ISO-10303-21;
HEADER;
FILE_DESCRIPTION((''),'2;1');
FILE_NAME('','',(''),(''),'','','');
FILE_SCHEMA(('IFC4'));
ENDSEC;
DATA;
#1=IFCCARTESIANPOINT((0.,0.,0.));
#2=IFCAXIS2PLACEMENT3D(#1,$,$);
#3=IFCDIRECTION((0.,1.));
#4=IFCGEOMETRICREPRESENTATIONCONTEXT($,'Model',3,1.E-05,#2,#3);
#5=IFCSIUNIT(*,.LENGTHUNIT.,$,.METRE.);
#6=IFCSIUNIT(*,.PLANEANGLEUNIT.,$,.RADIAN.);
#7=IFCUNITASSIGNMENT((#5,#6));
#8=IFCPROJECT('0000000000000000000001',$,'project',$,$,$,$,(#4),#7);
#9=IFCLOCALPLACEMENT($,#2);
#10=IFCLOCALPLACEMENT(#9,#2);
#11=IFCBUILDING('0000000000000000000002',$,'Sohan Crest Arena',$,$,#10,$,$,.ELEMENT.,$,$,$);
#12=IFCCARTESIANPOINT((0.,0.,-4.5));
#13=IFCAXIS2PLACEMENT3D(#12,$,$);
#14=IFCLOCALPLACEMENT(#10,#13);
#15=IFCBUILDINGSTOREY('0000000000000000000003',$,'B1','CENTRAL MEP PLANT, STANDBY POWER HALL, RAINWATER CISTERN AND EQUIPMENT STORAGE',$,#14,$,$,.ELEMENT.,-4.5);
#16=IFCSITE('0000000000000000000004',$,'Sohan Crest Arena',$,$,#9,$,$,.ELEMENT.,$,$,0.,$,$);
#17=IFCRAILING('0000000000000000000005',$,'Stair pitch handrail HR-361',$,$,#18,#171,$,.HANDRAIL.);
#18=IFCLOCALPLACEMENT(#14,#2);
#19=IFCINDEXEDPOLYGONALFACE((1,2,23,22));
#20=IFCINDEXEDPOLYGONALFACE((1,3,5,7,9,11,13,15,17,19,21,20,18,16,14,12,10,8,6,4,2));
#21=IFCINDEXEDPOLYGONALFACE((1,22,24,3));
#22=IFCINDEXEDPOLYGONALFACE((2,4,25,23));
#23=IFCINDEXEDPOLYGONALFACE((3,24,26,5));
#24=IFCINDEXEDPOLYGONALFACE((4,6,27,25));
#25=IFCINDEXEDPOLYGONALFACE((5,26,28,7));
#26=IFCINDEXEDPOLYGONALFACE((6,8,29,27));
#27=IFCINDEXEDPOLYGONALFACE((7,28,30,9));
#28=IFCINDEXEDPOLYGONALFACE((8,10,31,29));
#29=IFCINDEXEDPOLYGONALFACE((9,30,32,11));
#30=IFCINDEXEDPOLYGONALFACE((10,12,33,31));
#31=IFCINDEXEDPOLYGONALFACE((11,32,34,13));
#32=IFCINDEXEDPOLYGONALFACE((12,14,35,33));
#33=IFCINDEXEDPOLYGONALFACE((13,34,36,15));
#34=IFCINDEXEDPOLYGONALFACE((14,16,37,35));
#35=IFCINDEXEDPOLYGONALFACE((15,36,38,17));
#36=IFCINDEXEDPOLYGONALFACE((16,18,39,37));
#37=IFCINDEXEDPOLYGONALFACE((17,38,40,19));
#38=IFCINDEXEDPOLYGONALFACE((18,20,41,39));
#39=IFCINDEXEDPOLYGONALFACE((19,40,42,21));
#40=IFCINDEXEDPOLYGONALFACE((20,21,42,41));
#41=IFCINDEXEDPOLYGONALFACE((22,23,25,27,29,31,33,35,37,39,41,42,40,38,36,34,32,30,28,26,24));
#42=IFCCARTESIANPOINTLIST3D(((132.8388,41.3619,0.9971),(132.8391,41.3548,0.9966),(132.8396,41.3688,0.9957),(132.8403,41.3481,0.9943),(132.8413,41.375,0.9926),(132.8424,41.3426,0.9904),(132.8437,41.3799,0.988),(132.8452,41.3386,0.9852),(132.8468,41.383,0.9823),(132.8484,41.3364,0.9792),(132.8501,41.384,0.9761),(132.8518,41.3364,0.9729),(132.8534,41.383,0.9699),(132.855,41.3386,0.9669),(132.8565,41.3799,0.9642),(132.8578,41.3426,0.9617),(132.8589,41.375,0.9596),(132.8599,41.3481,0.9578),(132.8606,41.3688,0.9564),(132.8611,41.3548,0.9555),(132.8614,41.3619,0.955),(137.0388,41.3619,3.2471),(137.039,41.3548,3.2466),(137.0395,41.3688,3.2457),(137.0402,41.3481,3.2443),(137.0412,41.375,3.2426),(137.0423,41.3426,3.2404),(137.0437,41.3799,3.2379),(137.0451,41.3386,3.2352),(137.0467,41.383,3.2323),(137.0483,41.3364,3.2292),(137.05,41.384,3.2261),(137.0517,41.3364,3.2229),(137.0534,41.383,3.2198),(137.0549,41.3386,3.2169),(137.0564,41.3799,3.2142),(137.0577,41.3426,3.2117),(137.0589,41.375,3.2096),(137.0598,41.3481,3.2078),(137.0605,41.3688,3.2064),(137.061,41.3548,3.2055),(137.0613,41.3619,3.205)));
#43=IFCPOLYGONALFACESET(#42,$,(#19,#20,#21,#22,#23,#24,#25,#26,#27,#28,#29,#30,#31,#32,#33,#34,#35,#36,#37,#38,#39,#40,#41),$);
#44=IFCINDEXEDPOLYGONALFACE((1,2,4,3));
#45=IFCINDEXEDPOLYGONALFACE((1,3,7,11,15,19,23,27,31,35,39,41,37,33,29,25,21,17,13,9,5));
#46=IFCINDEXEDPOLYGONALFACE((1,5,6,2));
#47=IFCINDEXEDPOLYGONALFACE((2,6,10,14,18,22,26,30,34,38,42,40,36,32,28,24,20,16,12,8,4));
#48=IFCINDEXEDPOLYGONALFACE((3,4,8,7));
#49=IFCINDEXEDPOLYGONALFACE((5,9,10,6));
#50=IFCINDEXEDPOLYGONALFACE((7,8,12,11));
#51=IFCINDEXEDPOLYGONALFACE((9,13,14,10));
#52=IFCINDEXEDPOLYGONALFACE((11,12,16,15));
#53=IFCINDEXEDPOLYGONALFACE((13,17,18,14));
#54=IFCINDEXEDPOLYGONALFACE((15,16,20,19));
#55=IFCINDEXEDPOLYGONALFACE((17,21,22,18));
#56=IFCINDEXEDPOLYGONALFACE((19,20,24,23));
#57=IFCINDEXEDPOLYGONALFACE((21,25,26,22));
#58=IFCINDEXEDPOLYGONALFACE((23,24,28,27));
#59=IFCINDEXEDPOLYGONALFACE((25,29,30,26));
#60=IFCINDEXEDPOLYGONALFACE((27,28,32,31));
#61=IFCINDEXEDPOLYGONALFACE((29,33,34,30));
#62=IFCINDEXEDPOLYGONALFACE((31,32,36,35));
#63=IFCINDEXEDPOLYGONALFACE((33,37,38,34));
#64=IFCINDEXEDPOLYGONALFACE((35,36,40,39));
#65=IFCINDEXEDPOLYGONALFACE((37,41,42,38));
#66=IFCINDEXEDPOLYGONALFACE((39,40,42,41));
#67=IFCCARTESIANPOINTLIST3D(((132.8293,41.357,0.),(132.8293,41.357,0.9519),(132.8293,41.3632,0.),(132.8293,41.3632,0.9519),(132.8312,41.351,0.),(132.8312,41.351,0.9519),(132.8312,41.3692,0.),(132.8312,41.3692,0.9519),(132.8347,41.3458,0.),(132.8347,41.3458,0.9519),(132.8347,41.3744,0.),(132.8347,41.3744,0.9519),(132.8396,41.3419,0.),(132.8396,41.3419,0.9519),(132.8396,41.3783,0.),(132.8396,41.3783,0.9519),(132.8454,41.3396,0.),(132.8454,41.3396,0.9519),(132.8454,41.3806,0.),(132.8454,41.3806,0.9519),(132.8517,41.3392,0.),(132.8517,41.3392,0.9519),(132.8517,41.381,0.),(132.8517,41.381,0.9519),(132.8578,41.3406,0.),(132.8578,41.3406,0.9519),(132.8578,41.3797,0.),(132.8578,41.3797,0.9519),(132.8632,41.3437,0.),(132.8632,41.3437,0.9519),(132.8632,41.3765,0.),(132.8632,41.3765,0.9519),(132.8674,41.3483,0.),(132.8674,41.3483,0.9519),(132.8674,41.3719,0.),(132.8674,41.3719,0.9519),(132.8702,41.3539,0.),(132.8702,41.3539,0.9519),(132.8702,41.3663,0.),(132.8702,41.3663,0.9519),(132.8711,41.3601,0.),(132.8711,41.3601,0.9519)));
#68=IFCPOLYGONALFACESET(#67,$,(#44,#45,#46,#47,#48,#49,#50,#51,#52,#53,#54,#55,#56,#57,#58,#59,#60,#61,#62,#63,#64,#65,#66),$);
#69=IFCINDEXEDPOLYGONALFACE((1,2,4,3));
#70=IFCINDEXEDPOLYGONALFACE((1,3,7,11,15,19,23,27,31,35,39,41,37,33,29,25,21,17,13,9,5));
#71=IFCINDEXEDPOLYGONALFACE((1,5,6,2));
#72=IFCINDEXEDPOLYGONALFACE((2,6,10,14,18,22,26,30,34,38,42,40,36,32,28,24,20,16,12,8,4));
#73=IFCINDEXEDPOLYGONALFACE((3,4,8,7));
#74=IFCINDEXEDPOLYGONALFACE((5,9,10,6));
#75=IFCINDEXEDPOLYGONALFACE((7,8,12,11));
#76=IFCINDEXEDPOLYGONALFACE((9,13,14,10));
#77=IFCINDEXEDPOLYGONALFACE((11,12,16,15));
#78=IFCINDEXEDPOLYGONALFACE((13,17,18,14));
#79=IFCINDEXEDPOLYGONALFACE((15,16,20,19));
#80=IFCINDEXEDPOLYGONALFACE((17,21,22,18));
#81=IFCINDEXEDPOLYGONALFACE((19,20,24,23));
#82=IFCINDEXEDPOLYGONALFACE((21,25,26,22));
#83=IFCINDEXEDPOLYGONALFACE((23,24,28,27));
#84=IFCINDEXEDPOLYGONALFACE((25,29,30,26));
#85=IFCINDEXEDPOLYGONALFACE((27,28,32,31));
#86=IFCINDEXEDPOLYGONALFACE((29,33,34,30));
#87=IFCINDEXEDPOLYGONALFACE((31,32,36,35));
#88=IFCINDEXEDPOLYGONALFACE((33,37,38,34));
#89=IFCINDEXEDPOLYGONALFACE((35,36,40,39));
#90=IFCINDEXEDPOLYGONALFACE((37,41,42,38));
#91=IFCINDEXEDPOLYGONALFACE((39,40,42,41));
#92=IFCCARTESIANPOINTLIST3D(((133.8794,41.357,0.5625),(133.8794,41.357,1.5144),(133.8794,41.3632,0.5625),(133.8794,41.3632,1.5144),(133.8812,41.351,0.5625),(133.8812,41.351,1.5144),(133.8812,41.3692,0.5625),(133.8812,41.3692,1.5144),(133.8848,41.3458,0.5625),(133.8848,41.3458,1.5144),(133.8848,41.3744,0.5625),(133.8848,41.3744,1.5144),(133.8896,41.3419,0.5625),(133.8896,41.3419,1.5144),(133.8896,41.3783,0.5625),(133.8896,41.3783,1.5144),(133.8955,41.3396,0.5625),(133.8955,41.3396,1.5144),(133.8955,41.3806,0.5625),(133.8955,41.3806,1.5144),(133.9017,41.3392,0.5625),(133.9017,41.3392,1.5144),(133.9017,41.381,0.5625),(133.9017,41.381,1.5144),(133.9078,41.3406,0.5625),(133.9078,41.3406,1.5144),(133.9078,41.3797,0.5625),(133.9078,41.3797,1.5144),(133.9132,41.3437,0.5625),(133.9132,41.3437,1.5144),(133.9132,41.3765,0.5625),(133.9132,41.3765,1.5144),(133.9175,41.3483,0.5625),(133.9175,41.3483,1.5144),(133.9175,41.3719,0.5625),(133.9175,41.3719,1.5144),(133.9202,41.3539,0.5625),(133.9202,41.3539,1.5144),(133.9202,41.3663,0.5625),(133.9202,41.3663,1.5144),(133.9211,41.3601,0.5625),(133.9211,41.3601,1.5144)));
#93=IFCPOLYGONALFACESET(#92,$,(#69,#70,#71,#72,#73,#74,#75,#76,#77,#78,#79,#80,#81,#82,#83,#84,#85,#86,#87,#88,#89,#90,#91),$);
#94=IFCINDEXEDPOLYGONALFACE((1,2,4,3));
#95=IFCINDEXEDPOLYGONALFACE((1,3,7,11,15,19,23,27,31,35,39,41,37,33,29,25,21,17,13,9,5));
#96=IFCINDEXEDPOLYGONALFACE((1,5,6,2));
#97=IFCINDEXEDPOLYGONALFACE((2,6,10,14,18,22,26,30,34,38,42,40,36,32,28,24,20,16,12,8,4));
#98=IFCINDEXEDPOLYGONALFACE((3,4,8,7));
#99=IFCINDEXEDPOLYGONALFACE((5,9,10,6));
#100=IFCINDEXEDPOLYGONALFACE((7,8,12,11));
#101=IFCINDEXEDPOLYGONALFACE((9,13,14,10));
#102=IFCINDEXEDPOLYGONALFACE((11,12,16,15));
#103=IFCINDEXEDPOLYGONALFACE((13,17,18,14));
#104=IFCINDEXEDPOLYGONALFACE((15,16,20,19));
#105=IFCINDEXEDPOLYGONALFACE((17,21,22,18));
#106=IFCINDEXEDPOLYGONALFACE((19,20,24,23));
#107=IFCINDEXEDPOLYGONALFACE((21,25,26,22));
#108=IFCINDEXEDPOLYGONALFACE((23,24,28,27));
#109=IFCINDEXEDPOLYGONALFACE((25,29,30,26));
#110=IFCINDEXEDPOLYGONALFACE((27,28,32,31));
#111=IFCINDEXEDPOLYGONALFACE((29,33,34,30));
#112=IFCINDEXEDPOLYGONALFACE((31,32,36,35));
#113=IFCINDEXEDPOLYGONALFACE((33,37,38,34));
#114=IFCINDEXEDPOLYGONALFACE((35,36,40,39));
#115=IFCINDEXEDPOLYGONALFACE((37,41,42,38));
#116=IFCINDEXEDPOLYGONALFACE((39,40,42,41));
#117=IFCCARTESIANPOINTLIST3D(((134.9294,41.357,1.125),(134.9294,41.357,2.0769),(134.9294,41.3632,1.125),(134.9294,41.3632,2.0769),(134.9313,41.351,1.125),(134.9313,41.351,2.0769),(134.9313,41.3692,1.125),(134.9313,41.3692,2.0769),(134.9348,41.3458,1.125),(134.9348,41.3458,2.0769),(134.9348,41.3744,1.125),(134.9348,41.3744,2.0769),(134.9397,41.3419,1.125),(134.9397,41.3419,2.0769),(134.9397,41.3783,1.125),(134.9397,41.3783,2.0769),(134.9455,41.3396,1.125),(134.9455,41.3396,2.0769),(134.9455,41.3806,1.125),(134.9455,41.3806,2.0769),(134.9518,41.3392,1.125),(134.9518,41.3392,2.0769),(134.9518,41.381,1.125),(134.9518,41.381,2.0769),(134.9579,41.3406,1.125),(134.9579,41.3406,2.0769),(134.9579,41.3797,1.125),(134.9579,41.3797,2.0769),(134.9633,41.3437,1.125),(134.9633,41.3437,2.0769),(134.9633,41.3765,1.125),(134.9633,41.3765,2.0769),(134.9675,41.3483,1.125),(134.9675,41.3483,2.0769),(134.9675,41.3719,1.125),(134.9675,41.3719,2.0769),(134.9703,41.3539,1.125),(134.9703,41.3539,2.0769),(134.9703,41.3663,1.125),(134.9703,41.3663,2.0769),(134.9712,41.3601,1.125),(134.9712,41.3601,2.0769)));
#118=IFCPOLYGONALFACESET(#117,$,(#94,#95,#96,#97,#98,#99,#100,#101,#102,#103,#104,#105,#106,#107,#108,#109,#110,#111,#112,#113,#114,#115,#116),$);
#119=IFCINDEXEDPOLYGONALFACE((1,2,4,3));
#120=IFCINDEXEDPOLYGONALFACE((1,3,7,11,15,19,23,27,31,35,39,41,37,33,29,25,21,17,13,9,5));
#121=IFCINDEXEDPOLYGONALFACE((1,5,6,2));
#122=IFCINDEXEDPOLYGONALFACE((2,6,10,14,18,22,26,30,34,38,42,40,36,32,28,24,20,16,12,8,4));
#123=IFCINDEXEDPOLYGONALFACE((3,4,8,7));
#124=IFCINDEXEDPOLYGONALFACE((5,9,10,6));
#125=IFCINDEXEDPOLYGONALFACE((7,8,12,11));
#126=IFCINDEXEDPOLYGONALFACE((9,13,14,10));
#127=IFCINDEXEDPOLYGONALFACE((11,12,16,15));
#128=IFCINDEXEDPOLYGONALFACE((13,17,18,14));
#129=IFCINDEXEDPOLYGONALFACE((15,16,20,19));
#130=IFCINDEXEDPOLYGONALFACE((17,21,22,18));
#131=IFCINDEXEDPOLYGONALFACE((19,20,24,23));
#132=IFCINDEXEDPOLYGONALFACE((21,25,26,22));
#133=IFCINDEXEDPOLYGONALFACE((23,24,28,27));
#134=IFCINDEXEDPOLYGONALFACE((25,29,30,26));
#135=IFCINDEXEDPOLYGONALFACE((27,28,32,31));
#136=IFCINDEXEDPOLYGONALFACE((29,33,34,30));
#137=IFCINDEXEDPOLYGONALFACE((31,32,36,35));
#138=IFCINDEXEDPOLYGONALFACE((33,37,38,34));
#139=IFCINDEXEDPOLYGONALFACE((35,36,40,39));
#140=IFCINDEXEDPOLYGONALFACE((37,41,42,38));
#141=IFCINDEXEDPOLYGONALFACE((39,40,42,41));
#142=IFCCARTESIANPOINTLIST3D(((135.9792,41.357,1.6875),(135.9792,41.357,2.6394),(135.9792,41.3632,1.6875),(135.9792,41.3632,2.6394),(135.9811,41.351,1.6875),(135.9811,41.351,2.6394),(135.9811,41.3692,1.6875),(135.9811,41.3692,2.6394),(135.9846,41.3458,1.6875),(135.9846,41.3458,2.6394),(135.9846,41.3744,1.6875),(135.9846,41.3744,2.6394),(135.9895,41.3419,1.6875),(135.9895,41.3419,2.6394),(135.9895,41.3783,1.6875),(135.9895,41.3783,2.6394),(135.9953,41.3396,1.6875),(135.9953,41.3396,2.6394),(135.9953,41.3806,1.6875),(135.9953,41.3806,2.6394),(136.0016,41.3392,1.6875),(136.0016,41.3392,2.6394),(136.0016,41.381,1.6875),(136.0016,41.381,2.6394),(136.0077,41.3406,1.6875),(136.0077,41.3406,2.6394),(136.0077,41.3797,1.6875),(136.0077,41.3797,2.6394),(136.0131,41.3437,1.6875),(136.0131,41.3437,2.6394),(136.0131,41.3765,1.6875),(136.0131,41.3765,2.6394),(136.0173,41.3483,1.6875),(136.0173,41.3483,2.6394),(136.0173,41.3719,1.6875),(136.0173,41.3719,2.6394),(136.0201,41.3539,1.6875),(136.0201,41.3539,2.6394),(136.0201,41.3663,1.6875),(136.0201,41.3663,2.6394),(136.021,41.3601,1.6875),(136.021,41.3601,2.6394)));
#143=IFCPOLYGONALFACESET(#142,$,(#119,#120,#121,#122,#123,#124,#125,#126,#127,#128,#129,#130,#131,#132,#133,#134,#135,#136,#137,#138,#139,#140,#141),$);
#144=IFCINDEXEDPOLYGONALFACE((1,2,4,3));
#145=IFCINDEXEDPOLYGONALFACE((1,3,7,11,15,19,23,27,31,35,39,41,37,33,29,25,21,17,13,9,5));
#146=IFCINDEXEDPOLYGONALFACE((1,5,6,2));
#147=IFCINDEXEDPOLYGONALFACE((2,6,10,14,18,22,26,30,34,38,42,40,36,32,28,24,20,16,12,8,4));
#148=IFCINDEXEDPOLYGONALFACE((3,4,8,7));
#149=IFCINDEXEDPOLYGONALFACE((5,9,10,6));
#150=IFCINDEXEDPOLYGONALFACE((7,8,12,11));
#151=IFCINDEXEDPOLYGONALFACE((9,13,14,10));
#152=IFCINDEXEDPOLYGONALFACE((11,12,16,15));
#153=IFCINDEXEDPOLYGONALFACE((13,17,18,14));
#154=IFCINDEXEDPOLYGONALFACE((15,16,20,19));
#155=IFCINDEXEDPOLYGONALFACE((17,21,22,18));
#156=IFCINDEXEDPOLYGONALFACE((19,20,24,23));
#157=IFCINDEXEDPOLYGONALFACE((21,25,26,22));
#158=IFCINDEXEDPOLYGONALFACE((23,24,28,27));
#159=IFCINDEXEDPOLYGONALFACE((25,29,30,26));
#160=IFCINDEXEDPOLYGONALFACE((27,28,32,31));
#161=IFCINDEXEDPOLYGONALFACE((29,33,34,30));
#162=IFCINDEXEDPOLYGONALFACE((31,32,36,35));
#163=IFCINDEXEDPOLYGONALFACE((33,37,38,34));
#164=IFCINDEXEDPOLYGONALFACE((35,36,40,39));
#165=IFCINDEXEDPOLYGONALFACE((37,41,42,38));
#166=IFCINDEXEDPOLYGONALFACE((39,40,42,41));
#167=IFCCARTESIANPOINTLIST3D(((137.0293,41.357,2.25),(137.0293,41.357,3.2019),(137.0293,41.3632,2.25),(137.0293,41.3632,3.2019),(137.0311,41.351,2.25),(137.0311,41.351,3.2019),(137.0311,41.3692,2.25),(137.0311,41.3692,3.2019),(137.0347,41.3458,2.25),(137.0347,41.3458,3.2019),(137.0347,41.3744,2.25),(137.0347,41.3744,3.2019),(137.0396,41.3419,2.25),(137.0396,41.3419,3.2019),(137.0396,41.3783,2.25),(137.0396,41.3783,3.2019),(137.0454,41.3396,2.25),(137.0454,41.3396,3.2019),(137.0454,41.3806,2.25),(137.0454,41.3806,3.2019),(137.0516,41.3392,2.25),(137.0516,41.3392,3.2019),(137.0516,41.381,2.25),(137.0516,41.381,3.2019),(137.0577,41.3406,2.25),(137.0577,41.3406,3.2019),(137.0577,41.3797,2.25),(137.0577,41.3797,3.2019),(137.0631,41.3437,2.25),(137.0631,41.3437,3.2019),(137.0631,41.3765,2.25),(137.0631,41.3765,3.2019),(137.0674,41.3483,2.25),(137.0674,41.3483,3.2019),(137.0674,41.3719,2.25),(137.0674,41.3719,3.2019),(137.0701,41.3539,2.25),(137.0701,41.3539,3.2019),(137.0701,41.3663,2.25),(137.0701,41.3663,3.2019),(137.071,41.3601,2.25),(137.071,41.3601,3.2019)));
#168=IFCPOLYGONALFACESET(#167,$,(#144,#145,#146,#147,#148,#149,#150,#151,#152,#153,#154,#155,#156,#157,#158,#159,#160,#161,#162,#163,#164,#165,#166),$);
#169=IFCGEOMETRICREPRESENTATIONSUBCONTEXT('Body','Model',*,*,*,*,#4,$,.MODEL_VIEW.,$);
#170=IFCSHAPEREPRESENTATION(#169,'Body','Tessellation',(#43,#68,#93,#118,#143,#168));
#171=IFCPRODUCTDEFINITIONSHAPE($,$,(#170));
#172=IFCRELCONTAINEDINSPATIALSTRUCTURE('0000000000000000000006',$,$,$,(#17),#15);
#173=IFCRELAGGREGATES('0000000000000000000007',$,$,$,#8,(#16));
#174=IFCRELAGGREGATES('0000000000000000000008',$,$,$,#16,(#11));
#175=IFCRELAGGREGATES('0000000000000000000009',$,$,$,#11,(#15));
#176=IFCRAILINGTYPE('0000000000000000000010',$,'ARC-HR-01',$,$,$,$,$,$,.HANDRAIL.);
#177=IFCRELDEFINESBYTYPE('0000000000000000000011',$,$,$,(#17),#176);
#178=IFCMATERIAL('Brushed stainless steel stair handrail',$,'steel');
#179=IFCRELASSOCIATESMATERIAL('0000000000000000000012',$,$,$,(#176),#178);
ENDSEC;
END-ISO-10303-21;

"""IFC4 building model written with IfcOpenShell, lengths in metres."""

from ifc_helpers import new_model, si_unit, direction, frame, origin, origin_2d, place, context, subcontext, project, spatial, circle, extrude, material, type_object, element, save


model = new_model("IFC4")

# Units and contexts
model_context = context("Model", 3, precision=1e-05, world=origin(), true_north=direction((0.0, 1.0)))
body_context = subcontext(model_context, "Body", "Model", "MODEL_VIEW")
ifc_project = project(units=[si_unit("LENGTHUNIT", "METRE"), si_unit("PLANEANGLEUNIT", "RADIAN")], contexts=[model_context])

# Site, building, storey
site_placement = place(None, origin())
site = spatial("IfcSite", under=ifc_project, at=site_placement, Name="Sohan Crest Arena", CompositionType="ELEMENT", RefElevation=0.0)
building_placement = place(site_placement, origin())
building = spatial("IfcBuilding", under=site, at=building_placement, Name="Sohan Crest Arena", CompositionType="ELEMENT")
storey_placement = place(building_placement, frame((0.0, 0.0, -4.5)))
storey = spatial("IfcBuildingStorey", under=building, at=storey_placement, Name="B1", Description="CENTRAL MEP PLANT, STANDBY POWER HALL, RAINWATER CISTERN AND EQUIPMENT STORAGE", CompositionType="ELEMENT", Elevation=-4.5)

# Railing
ifc_material_1 = material(Name="Brushed stainless steel stair handrail", Category="steel")
railing_type = type_object("IfcRailingType", Name="ARC-HR-01", PredefinedType="HANDRAIL", material=ifc_material_1)
for number, where, name in (
    (1, (132.8501, 41.3601, 0.0), "Stair pitch handrail HR-361"),
):
    element("IfcRailing", number, at=place(storey_placement, frame(where)), inside=storey, type_object=railing_type, Name=name, PredefinedType="HANDRAIL", context=body_context, shape_type="SweptSolid", body=[
        extrude(circle(Radius=0.0239, at=origin_2d()), frame((0.0, 0.0, 0.9761), z_axis=(0.881478, 0.0, 0.472226), x_axis=(0.0, 1.0, 0.0)), (0.0, 0.0, 1.0), 4.7646),
        extrude(circle(Radius=0.021, at=origin_2d()), origin(), (0.0, 0.0, 1.0), 0.9519),
        extrude(circle(Radius=0.021, at=origin_2d()), frame((1.05, 0.0, 0.5625)), (0.0, 0.0, 1.0), 0.9519),
        extrude(circle(Radius=0.021, at=origin_2d()), frame((2.1001, 0.0, 1.125)), (0.0, 0.0, 1.0), 0.9519),
        extrude(circle(Radius=0.021, at=origin_2d()), frame((3.1499, 0.0, 1.6875)), (0.0, 0.0, 1.0), 0.9519),
        extrude(circle(Radius=0.021, at=origin_2d()), frame((4.2, 0.0, 2.25)), (0.0, 0.0, 1.0), 0.9519),
    ])

save(model, "model.ifc")
